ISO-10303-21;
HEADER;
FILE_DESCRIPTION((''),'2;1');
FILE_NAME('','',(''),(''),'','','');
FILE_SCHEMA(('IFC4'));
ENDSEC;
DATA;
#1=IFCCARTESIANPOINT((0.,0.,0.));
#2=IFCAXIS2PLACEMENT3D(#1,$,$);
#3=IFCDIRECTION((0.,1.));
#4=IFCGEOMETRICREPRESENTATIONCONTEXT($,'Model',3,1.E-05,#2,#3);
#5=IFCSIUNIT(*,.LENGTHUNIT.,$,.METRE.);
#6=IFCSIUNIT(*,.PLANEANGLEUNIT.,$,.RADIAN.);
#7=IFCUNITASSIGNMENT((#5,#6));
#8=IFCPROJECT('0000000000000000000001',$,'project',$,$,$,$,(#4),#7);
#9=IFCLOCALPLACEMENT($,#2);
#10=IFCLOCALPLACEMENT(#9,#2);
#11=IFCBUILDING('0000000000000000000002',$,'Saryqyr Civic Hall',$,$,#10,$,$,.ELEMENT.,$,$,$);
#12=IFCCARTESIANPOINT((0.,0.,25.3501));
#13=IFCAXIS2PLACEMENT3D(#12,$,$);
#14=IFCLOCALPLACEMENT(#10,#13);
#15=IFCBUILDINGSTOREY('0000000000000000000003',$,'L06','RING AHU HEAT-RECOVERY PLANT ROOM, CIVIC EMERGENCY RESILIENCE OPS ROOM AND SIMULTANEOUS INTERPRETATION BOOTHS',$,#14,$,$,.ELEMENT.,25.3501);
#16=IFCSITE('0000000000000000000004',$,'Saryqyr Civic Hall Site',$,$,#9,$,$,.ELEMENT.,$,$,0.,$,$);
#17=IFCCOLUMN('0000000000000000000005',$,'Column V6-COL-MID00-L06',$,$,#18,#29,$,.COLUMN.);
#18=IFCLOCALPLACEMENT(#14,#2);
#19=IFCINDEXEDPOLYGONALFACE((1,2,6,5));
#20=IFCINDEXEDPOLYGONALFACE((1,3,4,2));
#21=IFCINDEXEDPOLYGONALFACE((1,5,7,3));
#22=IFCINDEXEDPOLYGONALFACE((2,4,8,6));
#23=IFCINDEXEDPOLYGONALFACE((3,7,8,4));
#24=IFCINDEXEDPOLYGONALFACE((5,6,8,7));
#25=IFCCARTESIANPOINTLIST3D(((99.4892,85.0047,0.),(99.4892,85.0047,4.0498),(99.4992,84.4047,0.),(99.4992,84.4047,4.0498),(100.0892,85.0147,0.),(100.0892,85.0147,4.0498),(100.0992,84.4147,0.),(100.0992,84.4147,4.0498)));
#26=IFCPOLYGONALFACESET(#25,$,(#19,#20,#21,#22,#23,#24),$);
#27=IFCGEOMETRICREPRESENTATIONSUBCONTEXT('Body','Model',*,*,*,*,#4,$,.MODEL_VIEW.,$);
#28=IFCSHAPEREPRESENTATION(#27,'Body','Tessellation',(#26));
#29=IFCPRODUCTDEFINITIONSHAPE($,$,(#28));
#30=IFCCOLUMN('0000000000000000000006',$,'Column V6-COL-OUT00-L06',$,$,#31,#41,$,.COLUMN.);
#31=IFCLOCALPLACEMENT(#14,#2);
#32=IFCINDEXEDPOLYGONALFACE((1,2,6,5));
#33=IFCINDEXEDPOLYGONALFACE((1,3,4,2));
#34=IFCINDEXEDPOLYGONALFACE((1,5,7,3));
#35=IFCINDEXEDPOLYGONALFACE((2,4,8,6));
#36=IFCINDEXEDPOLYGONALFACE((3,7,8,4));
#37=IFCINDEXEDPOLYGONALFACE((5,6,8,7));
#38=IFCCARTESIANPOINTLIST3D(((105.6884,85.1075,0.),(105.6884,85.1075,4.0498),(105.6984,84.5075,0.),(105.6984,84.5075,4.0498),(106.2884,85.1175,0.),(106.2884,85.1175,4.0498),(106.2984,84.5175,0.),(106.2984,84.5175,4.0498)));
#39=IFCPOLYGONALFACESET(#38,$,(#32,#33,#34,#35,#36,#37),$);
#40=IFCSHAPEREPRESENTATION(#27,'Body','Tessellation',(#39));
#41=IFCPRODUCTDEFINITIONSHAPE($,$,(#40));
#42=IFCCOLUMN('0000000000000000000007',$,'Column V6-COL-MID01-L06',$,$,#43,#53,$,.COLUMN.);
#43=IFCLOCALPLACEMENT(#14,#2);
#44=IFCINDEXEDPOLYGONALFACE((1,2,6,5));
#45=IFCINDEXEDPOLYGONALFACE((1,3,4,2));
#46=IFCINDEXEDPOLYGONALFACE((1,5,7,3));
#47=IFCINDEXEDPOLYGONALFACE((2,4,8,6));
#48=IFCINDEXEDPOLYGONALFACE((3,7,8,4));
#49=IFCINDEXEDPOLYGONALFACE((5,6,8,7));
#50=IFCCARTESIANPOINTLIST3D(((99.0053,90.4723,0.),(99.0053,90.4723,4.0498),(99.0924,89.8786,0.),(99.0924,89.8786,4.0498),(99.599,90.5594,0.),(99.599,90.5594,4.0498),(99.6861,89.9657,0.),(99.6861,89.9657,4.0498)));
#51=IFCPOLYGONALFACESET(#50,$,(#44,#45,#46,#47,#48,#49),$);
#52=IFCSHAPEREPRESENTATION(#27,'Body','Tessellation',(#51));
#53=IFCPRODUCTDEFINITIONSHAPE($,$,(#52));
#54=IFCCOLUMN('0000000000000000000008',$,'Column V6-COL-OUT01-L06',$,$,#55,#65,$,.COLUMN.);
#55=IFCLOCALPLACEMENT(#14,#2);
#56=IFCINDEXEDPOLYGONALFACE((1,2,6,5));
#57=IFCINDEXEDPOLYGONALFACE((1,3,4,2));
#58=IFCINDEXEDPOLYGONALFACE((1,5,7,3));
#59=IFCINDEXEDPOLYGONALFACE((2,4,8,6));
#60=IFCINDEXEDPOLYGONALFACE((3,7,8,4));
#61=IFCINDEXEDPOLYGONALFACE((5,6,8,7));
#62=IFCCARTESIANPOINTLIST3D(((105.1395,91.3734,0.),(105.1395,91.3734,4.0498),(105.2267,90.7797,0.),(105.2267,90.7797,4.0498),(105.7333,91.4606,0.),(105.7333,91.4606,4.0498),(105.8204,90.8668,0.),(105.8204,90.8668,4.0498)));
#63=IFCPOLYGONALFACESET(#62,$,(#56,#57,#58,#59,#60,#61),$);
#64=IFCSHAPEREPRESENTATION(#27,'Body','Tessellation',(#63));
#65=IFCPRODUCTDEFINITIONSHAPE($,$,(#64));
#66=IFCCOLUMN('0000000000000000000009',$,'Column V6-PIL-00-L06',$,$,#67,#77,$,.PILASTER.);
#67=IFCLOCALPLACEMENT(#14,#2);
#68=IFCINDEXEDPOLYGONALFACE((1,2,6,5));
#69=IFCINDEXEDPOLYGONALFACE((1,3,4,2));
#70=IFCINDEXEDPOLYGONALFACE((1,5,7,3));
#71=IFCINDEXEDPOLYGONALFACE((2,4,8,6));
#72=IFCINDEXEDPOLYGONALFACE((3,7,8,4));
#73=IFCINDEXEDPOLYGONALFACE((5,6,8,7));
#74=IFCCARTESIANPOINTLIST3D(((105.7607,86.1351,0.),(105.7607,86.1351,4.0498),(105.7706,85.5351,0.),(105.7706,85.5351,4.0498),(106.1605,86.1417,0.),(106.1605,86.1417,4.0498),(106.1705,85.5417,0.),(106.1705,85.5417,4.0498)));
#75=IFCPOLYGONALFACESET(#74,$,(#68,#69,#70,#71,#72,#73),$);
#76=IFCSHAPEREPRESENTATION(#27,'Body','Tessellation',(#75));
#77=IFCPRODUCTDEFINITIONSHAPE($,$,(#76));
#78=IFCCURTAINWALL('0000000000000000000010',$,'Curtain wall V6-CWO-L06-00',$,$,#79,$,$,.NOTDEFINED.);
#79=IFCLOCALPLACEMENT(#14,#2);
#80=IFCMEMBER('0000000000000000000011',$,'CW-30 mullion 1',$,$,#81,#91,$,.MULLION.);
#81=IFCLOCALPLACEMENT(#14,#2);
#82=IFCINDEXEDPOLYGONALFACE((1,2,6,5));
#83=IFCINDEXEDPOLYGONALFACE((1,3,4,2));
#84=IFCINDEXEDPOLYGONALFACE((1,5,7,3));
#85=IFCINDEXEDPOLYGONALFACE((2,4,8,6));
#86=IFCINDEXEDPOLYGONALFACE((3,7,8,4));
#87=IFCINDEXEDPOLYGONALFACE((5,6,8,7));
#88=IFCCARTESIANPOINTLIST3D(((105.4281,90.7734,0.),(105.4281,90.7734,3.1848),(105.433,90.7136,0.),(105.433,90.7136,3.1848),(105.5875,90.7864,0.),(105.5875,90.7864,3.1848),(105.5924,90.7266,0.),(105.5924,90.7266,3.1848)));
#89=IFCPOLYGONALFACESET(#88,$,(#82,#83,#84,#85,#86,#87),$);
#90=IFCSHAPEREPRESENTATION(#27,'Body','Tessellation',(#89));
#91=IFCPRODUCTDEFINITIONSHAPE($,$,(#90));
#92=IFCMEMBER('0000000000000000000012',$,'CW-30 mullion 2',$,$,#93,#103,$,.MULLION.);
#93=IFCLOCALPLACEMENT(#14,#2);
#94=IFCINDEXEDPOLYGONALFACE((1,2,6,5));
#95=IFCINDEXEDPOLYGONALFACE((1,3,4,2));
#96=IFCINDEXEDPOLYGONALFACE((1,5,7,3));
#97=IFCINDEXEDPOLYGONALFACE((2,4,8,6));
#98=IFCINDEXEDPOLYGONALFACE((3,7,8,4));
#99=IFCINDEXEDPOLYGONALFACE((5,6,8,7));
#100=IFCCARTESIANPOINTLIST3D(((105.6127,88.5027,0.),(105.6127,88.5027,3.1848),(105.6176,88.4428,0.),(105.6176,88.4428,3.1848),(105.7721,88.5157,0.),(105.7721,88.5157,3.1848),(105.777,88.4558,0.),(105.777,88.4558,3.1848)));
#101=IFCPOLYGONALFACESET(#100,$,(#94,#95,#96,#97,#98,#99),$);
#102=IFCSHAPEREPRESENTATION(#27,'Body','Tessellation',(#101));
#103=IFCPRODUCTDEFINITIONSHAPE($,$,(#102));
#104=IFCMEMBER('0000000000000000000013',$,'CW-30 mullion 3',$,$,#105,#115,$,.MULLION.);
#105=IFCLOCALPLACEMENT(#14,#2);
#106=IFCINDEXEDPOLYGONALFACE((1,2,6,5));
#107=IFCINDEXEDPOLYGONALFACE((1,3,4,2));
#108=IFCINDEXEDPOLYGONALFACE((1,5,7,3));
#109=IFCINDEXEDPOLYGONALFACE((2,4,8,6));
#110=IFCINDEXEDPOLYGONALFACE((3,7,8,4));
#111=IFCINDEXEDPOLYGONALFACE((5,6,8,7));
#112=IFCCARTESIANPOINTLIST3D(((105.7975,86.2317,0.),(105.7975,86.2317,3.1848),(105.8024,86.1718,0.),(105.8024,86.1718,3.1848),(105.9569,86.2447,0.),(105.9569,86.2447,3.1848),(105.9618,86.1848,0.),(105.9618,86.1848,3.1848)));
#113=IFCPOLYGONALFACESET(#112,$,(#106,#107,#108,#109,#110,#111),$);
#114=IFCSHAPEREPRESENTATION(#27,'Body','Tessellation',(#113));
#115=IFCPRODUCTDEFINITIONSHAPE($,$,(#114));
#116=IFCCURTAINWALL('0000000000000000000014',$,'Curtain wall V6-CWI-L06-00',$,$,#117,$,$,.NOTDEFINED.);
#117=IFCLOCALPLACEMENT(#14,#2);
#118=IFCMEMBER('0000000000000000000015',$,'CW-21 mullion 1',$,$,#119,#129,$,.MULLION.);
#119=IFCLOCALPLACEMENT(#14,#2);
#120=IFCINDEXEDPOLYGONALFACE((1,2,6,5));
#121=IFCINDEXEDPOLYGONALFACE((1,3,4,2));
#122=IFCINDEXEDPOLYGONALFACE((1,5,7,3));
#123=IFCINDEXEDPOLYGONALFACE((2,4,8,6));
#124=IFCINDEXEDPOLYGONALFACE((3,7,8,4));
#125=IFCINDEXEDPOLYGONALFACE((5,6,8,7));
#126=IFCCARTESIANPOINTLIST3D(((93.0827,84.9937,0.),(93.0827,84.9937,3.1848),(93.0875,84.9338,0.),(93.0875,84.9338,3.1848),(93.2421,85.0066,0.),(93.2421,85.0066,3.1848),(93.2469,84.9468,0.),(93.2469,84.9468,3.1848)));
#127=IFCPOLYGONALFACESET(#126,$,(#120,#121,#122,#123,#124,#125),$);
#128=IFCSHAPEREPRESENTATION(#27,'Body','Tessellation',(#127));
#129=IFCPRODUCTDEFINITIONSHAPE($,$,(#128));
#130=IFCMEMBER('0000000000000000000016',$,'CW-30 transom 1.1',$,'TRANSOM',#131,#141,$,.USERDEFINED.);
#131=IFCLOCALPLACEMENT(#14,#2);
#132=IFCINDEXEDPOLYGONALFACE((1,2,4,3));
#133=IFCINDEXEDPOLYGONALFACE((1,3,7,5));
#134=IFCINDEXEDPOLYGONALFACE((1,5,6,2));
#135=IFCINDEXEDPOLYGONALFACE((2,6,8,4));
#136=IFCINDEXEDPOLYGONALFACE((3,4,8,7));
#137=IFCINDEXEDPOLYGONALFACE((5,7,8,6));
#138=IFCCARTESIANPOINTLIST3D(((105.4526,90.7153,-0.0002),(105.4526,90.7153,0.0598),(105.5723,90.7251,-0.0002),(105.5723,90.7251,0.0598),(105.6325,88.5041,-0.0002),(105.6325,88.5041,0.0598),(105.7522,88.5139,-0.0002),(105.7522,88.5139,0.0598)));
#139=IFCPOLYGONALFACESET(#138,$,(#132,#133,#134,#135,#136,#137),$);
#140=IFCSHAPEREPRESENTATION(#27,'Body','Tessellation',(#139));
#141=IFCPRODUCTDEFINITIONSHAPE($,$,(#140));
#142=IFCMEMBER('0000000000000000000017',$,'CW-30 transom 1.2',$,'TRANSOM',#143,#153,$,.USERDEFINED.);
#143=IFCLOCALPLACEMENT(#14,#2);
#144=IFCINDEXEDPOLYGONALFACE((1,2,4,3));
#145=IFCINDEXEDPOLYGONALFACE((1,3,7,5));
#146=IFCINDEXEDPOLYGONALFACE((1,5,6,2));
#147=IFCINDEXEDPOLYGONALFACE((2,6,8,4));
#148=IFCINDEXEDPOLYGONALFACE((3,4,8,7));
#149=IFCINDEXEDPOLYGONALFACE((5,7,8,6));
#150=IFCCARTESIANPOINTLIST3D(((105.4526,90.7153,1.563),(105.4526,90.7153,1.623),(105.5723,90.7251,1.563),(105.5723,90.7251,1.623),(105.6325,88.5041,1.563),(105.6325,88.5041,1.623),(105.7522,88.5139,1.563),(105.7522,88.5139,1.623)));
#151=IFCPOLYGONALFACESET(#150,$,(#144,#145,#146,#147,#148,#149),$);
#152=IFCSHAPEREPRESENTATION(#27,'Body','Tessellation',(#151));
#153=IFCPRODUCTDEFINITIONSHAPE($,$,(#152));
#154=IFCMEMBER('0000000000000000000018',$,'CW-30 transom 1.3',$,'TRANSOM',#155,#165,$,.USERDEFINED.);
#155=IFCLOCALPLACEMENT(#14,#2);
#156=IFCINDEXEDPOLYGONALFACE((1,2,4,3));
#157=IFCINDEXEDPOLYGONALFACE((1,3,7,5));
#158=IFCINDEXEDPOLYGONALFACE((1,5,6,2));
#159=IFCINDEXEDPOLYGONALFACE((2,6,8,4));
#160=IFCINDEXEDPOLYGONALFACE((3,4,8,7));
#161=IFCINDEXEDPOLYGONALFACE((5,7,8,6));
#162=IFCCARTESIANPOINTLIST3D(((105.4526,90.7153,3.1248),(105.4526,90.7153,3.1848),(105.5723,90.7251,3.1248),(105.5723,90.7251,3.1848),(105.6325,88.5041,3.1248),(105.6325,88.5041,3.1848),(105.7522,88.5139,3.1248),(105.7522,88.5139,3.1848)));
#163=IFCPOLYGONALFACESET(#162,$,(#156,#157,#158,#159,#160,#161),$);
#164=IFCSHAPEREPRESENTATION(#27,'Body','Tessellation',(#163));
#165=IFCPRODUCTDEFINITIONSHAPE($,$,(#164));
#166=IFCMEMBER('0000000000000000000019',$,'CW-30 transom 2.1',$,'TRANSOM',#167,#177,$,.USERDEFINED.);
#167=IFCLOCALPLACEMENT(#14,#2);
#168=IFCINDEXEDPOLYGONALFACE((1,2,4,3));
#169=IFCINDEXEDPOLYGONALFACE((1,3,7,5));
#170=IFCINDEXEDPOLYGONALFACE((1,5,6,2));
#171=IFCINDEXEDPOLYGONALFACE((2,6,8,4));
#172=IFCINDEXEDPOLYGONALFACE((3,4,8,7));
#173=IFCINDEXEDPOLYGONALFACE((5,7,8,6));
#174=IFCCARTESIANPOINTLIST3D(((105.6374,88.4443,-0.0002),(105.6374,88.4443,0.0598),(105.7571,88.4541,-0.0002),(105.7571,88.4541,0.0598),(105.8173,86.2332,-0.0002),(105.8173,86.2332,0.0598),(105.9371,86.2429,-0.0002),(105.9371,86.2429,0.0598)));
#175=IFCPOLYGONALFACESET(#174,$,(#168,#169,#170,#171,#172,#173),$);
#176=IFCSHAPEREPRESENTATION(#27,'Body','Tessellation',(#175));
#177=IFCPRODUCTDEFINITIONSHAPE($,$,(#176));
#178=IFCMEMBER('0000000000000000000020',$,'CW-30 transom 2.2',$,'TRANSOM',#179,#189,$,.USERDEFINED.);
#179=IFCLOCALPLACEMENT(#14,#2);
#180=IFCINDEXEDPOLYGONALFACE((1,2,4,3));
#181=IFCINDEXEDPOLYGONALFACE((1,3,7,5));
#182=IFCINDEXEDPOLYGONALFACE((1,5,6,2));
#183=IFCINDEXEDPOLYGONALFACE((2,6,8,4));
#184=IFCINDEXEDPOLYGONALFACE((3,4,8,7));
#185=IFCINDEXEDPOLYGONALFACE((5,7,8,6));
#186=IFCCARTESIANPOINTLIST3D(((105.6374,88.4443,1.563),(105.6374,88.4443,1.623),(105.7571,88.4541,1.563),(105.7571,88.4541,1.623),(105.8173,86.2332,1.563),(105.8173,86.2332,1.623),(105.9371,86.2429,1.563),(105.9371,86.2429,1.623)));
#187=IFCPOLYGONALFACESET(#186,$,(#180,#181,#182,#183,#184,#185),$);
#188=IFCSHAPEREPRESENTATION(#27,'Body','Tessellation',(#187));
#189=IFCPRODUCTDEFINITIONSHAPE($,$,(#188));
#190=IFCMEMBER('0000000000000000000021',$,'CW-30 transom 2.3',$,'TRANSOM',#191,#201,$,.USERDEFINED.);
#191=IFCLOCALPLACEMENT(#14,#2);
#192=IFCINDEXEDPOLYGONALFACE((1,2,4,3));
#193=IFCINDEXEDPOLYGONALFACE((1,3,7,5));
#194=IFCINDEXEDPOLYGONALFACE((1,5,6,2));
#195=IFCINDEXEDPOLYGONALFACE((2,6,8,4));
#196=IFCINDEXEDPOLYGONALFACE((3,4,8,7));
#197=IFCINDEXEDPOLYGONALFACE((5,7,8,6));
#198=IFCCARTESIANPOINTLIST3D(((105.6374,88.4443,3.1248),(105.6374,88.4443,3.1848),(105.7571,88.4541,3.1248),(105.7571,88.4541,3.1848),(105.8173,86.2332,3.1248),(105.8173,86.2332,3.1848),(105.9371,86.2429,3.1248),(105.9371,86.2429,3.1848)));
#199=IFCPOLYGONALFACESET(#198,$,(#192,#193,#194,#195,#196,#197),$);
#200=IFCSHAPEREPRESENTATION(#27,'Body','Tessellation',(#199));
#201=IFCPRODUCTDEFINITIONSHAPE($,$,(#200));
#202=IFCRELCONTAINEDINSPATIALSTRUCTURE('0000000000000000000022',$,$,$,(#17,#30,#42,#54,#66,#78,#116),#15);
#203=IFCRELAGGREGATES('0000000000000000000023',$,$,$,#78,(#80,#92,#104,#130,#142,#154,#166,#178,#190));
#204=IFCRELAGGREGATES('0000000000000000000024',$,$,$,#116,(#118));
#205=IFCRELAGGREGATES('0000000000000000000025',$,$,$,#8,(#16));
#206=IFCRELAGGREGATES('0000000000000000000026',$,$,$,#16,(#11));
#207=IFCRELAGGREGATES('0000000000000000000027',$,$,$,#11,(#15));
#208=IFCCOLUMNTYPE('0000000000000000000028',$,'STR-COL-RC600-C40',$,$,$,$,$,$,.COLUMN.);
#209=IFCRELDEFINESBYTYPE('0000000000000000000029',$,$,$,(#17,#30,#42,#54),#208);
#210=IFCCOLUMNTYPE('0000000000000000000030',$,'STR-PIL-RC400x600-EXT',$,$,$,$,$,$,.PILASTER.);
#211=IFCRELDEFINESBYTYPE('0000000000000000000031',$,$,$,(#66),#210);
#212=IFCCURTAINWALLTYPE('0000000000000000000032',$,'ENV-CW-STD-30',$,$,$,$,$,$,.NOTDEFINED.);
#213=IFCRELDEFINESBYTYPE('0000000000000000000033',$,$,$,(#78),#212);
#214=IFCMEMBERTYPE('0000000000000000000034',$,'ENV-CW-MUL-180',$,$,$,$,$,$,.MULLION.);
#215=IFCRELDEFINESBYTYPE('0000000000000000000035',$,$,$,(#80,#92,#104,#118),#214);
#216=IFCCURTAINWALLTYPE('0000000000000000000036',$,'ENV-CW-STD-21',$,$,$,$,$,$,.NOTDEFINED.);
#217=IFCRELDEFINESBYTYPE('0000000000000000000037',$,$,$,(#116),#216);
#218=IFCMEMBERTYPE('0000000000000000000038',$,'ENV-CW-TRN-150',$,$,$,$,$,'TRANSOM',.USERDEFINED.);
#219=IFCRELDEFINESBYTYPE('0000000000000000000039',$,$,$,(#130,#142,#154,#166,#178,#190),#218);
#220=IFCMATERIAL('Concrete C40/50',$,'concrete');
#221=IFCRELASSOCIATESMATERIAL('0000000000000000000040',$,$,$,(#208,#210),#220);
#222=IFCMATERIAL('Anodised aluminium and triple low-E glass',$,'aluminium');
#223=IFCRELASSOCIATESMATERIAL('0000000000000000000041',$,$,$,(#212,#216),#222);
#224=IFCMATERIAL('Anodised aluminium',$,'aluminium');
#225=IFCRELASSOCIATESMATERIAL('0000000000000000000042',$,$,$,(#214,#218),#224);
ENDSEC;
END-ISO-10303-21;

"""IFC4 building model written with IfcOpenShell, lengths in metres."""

from ifc_helpers import new_model, si_unit, direction, frame, origin, origin_2d, place, context, subcontext, project, spatial, rectangle, extrude, material, material_profile, profile_set, type_object, element, aggregate, save


model = new_model("IFC4")

# Units and contexts
model_context = context("Model", 3, precision=1e-05, world=origin(), true_north=direction((0.0, 1.0)))
body_context = subcontext(model_context, "Body", "Model", "MODEL_VIEW")
ifc_project = project(units=[si_unit("LENGTHUNIT", "METRE"), si_unit("PLANEANGLEUNIT", "RADIAN")], contexts=[model_context])

# Site, building, storey
site_placement = place(None, origin())
site = spatial("IfcSite", under=ifc_project, at=site_placement, Name="Saryqyr Civic Hall Site", CompositionType="ELEMENT", RefElevation=0.0)
building_placement = place(site_placement, origin())
building = spatial("IfcBuilding", under=site, at=building_placement, Name="Saryqyr Civic Hall", CompositionType="ELEMENT")
storey_placement = place(building_placement, frame((0.0, 0.0, 25.3501)))
storey = spatial("IfcBuildingStorey", under=building, at=storey_placement, Name="L06", Description="RING AHU HEAT-RECOVERY PLANT ROOM, CIVIC EMERGENCY RESILIENCE OPS ROOM AND SIMULTANEOUS INTERPRETATION BOOTHS", CompositionType="ELEMENT", Elevation=25.3501)

# Columns
ifc_material_1 = material(Name="Concrete C40/50", Category="concrete")
ifc_material_profile_1 = material_profile(ifc_material_1, rectangle(XDim=0.6001, YDim=0.6001, at=origin_2d()), Name="RC 600x600")
ifc_profile_set_1 = profile_set([ifc_material_profile_1], Name="Concrete C40/50")
column_type_1 = type_object("IfcColumnType", Name="STR-COL-RC600-C40", PredefinedType="COLUMN", material=ifc_profile_set_1)
for number, where, z_axis, x_axis, name in (
    (1, (99.7942, 84.7097, 0.0), (0.0, 0.0, 1.0), (0.999863, 0.01658, 0.0), "Column V6-COL-MID00-L06"),
    (2, (105.9934, 84.8125, 0.0), (0.0, 0.0, 1.0), (0.999863, 0.01658, 0.0), "Column V6-COL-OUT00-L06"),
    (3, (99.3457, 90.219, 0.0), (0.0, 0.0, 1.0), (0.989399, 0.14522, 0.0), "Column V6-COL-MID01-L06"),
    (4, (105.48, 91.1201, 0.0), (0.0, 0.0, 1.0), (0.989399, 0.14522, 0.0), "Column V6-COL-OUT01-L06"),
):
    element("IfcColumn", number, at=place(storey_placement, frame(where, z_axis=z_axis, x_axis=x_axis)), inside=storey, type_object=column_type_1, Name=name, PredefinedType="COLUMN", context=body_context, shape_type="SweptSolid", body=[
        extrude(rectangle(XDim=0.6001, YDim=0.6001, at=origin_2d()), origin(), (0.0, 0.0, 1.0), 4.0498),
    ])
ifc_material_profile_2 = material_profile(ifc_material_1, rectangle(XDim=0.3999, YDim=0.6001, at=origin_2d()), Name="RC 400x600")
ifc_profile_set_2 = profile_set([ifc_material_profile_2], Name="Concrete C40/50")
column_type_2 = type_object("IfcColumnType", Name="STR-PIL-RC400x600-EXT", PredefinedType="PILASTER", material=ifc_profile_set_2)
column_placement = place(storey_placement, frame((105.9656, 85.8384, 0.0), z_axis=(0.0, 0.0, 1.0), x_axis=(0.999863, 0.01658, 0.0)))
element("IfcColumn", 5, at=column_placement, inside=storey, type_object=column_type_2, Name="Column V6-PIL-00-L06", PredefinedType="PILASTER", context=body_context, shape_type="SweptSolid", body=[
    extrude(rectangle(XDim=0.3999, YDim=0.6001, at=origin_2d()), origin(), (0.0, 0.0, 1.0), 4.0498),
])

# Curtain wall, members
ifc_material_2 = material(Name="Anodised aluminium and triple low-E glass", Category="aluminium")
curtain_wall_type_1 = type_object("IfcCurtainWallType", Name="ENV-CW-STD-30", PredefinedType="NOTDEFINED", material=ifc_material_2)
curtain_wall_1_placement = place(storey_placement, origin())
curtain_wall_1 = element("IfcCurtainWall", 6, at=curtain_wall_1_placement, inside=storey, type_object=curtain_wall_type_1, Name="Curtain wall V6-CWO-L06-00", PredefinedType="NOTDEFINED")
ifc_material_3 = material(Name="Anodised aluminium", Category="aluminium")
ifc_material_profile_3 = material_profile(ifc_material_3, rectangle(XDim=0.0601, YDim=0.1599, at=origin_2d()), Name="ALU MULLION 60x160")
ifc_profile_set_3 = profile_set([ifc_material_profile_3], Name="Anodised aluminium")
member_type_1 = type_object("IfcMemberType", Name="ENV-CW-MUL-180", PredefinedType="MULLION", material=ifc_profile_set_3)
member_1_placement = place(storey_placement, frame((105.5103, 90.75, 0.0), z_axis=(0.0, 0.0, 1.0), x_axis=(0.081093, -0.996707, 0.0)))
member_1 = element("IfcMember", 7, at=member_1_placement, type_object=member_type_1, Name="CW-30 mullion 1", PredefinedType="MULLION", context=body_context, shape_type="SweptSolid", body=[
    extrude(rectangle(XDim=0.0601, YDim=0.1599, at=origin_2d()), origin(), (0.0, 0.0, 1.0), 3.1848),
])
member_2_placement = place(storey_placement, frame((105.6948, 88.4792, 0.0), z_axis=(0.0, 0.0, 1.0), x_axis=(0.081093, -0.996707, 0.0)))
member_2 = element("IfcMember", 8, at=member_2_placement, type_object=member_type_1, Name="CW-30 mullion 2", PredefinedType="MULLION", context=body_context, shape_type="SweptSolid", body=[
    extrude(rectangle(XDim=0.0601, YDim=0.1599, at=origin_2d()), origin(), (0.0, 0.0, 1.0), 3.1848),
])
member_3_placement = place(storey_placement, frame((105.8796, 86.2083, 0.0), z_axis=(0.0, 0.0, 1.0), x_axis=(0.081093, -0.996707, 0.0)))
member_3 = element("IfcMember", 9, at=member_3_placement, type_object=member_type_1, Name="CW-30 mullion 3", PredefinedType="MULLION", context=body_context, shape_type="SweptSolid", body=[
    extrude(rectangle(XDim=0.0601, YDim=0.1599, at=origin_2d()), origin(), (0.0, 0.0, 1.0), 3.1848),
])

# Curtain wall, member
curtain_wall_type_2 = type_object("IfcCurtainWallType", Name="ENV-CW-STD-21", PredefinedType="NOTDEFINED", material=ifc_material_2)
curtain_wall_2_placement = place(storey_placement, origin())
curtain_wall_2 = element("IfcCurtainWall", 10, at=curtain_wall_2_placement, inside=storey, type_object=curtain_wall_type_2, Name="Curtain wall V6-CWI-L06-00", PredefinedType="NOTDEFINED")
member_4_placement = place(storey_placement, frame((93.1648, 84.9702, 0.0), z_axis=(0.0, 0.0, 1.0), x_axis=(-0.081091, 0.996707, 0.0)))
member_4 = element("IfcMember", 11, at=member_4_placement, type_object=member_type_1, Name="CW-21 mullion 1", PredefinedType="MULLION", context=body_context, shape_type="SweptSolid", body=[
    extrude(rectangle(XDim=0.0601, YDim=0.1599, at=origin_2d()), origin(), (0.0, 0.0, 1.0), 3.1848),
])

# Members
ifc_material_profile_4 = material_profile(ifc_material_3, rectangle(XDim=0.1201, YDim=0.0601, at=origin_2d()), Name="ALU TRANSOM 120x60")
ifc_profile_set_4 = profile_set([ifc_material_profile_4], Name="Anodised aluminium")
member_type_2 = type_object("IfcMemberType", Name="ENV-CW-TRN-150", ElementType="TRANSOM", PredefinedType="USERDEFINED", material=ifc_profile_set_4)
member_5_placement = place(storey_placement, frame((105.5125, 90.7202, 0.0298), z_axis=(0.081105, -0.996706, 0.0), x_axis=(0.996706, 0.081105, 0.0)))
member_5 = element("IfcMember", 12, at=member_5_placement, type_object=member_type_2, Name="CW-30 transom 1.1", ObjectType="TRANSOM", PredefinedType="USERDEFINED", context=body_context, shape_type="SweptSolid", body=[
    extrude(rectangle(XDim=0.1201, YDim=0.0601, at=origin_2d()), origin(), (0.0, 0.0, 1.0), 2.2185),
])
member_6_placement = place(storey_placement, frame((105.5125, 90.7202, 1.593), z_axis=(0.081105, -0.996706, 0.0), x_axis=(0.996706, 0.081105, 0.0)))
member_6 = element("IfcMember", 13, at=member_6_placement, type_object=member_type_2, Name="CW-30 transom 1.2", ObjectType="TRANSOM", PredefinedType="USERDEFINED", context=body_context, shape_type="SweptSolid", body=[
    extrude(rectangle(XDim=0.1201, YDim=0.0601, at=origin_2d()), origin(), (0.0, 0.0, 1.0), 2.2185),
])
member_7_placement = place(storey_placement, frame((105.5125, 90.7202, 3.1548), z_axis=(0.081105, -0.996706, 0.0), x_axis=(0.996706, 0.081105, 0.0)))
member_7 = element("IfcMember", 14, at=member_7_placement, type_object=member_type_2, Name="CW-30 transom 1.3", ObjectType="TRANSOM", PredefinedType="USERDEFINED", context=body_context, shape_type="SweptSolid", body=[
    extrude(rectangle(XDim=0.1201, YDim=0.0601, at=origin_2d()), origin(), (0.0, 0.0, 1.0), 2.2185),
])
member_8_placement = place(storey_placement, frame((105.6973, 88.4492, 0.0298), z_axis=(0.081105, -0.996706, 0.0), x_axis=(0.996706, 0.081105, 0.0)))
member_8 = element("IfcMember", 15, at=member_8_placement, type_object=member_type_2, Name="CW-30 transom 2.1", ObjectType="TRANSOM", PredefinedType="USERDEFINED", context=body_context, shape_type="SweptSolid", body=[
    extrude(rectangle(XDim=0.1201, YDim=0.0601, at=origin_2d()), origin(), (0.0, 0.0, 1.0), 2.2185),
])
member_9_placement = place(storey_placement, frame((105.6973, 88.4492, 1.593), z_axis=(0.081105, -0.996706, 0.0), x_axis=(0.996706, 0.081105, 0.0)))
member_9 = element("IfcMember", 16, at=member_9_placement, type_object=member_type_2, Name="CW-30 transom 2.2", ObjectType="TRANSOM", PredefinedType="USERDEFINED", context=body_context, shape_type="SweptSolid", body=[
    extrude(rectangle(XDim=0.1201, YDim=0.0601, at=origin_2d()), origin(), (0.0, 0.0, 1.0), 2.2185),
])
member_10_placement = place(storey_placement, frame((105.6973, 88.4492, 3.1548), z_axis=(0.081105, -0.996706, 0.0), x_axis=(0.996706, 0.081105, 0.0)))
member_10 = element("IfcMember", 17, at=member_10_placement, type_object=member_type_2, Name="CW-30 transom 2.3", ObjectType="TRANSOM", PredefinedType="USERDEFINED", context=body_context, shape_type="SweptSolid", body=[
    extrude(rectangle(XDim=0.1201, YDim=0.0601, at=origin_2d()), origin(), (0.0, 0.0, 1.0), 2.2185),
])

aggregate(curtain_wall_1, [member_1, member_2, member_3, member_5, member_6, member_7, member_8, member_9, member_10])
aggregate(curtain_wall_2, [member_4])

save(model, "model.ifc")
